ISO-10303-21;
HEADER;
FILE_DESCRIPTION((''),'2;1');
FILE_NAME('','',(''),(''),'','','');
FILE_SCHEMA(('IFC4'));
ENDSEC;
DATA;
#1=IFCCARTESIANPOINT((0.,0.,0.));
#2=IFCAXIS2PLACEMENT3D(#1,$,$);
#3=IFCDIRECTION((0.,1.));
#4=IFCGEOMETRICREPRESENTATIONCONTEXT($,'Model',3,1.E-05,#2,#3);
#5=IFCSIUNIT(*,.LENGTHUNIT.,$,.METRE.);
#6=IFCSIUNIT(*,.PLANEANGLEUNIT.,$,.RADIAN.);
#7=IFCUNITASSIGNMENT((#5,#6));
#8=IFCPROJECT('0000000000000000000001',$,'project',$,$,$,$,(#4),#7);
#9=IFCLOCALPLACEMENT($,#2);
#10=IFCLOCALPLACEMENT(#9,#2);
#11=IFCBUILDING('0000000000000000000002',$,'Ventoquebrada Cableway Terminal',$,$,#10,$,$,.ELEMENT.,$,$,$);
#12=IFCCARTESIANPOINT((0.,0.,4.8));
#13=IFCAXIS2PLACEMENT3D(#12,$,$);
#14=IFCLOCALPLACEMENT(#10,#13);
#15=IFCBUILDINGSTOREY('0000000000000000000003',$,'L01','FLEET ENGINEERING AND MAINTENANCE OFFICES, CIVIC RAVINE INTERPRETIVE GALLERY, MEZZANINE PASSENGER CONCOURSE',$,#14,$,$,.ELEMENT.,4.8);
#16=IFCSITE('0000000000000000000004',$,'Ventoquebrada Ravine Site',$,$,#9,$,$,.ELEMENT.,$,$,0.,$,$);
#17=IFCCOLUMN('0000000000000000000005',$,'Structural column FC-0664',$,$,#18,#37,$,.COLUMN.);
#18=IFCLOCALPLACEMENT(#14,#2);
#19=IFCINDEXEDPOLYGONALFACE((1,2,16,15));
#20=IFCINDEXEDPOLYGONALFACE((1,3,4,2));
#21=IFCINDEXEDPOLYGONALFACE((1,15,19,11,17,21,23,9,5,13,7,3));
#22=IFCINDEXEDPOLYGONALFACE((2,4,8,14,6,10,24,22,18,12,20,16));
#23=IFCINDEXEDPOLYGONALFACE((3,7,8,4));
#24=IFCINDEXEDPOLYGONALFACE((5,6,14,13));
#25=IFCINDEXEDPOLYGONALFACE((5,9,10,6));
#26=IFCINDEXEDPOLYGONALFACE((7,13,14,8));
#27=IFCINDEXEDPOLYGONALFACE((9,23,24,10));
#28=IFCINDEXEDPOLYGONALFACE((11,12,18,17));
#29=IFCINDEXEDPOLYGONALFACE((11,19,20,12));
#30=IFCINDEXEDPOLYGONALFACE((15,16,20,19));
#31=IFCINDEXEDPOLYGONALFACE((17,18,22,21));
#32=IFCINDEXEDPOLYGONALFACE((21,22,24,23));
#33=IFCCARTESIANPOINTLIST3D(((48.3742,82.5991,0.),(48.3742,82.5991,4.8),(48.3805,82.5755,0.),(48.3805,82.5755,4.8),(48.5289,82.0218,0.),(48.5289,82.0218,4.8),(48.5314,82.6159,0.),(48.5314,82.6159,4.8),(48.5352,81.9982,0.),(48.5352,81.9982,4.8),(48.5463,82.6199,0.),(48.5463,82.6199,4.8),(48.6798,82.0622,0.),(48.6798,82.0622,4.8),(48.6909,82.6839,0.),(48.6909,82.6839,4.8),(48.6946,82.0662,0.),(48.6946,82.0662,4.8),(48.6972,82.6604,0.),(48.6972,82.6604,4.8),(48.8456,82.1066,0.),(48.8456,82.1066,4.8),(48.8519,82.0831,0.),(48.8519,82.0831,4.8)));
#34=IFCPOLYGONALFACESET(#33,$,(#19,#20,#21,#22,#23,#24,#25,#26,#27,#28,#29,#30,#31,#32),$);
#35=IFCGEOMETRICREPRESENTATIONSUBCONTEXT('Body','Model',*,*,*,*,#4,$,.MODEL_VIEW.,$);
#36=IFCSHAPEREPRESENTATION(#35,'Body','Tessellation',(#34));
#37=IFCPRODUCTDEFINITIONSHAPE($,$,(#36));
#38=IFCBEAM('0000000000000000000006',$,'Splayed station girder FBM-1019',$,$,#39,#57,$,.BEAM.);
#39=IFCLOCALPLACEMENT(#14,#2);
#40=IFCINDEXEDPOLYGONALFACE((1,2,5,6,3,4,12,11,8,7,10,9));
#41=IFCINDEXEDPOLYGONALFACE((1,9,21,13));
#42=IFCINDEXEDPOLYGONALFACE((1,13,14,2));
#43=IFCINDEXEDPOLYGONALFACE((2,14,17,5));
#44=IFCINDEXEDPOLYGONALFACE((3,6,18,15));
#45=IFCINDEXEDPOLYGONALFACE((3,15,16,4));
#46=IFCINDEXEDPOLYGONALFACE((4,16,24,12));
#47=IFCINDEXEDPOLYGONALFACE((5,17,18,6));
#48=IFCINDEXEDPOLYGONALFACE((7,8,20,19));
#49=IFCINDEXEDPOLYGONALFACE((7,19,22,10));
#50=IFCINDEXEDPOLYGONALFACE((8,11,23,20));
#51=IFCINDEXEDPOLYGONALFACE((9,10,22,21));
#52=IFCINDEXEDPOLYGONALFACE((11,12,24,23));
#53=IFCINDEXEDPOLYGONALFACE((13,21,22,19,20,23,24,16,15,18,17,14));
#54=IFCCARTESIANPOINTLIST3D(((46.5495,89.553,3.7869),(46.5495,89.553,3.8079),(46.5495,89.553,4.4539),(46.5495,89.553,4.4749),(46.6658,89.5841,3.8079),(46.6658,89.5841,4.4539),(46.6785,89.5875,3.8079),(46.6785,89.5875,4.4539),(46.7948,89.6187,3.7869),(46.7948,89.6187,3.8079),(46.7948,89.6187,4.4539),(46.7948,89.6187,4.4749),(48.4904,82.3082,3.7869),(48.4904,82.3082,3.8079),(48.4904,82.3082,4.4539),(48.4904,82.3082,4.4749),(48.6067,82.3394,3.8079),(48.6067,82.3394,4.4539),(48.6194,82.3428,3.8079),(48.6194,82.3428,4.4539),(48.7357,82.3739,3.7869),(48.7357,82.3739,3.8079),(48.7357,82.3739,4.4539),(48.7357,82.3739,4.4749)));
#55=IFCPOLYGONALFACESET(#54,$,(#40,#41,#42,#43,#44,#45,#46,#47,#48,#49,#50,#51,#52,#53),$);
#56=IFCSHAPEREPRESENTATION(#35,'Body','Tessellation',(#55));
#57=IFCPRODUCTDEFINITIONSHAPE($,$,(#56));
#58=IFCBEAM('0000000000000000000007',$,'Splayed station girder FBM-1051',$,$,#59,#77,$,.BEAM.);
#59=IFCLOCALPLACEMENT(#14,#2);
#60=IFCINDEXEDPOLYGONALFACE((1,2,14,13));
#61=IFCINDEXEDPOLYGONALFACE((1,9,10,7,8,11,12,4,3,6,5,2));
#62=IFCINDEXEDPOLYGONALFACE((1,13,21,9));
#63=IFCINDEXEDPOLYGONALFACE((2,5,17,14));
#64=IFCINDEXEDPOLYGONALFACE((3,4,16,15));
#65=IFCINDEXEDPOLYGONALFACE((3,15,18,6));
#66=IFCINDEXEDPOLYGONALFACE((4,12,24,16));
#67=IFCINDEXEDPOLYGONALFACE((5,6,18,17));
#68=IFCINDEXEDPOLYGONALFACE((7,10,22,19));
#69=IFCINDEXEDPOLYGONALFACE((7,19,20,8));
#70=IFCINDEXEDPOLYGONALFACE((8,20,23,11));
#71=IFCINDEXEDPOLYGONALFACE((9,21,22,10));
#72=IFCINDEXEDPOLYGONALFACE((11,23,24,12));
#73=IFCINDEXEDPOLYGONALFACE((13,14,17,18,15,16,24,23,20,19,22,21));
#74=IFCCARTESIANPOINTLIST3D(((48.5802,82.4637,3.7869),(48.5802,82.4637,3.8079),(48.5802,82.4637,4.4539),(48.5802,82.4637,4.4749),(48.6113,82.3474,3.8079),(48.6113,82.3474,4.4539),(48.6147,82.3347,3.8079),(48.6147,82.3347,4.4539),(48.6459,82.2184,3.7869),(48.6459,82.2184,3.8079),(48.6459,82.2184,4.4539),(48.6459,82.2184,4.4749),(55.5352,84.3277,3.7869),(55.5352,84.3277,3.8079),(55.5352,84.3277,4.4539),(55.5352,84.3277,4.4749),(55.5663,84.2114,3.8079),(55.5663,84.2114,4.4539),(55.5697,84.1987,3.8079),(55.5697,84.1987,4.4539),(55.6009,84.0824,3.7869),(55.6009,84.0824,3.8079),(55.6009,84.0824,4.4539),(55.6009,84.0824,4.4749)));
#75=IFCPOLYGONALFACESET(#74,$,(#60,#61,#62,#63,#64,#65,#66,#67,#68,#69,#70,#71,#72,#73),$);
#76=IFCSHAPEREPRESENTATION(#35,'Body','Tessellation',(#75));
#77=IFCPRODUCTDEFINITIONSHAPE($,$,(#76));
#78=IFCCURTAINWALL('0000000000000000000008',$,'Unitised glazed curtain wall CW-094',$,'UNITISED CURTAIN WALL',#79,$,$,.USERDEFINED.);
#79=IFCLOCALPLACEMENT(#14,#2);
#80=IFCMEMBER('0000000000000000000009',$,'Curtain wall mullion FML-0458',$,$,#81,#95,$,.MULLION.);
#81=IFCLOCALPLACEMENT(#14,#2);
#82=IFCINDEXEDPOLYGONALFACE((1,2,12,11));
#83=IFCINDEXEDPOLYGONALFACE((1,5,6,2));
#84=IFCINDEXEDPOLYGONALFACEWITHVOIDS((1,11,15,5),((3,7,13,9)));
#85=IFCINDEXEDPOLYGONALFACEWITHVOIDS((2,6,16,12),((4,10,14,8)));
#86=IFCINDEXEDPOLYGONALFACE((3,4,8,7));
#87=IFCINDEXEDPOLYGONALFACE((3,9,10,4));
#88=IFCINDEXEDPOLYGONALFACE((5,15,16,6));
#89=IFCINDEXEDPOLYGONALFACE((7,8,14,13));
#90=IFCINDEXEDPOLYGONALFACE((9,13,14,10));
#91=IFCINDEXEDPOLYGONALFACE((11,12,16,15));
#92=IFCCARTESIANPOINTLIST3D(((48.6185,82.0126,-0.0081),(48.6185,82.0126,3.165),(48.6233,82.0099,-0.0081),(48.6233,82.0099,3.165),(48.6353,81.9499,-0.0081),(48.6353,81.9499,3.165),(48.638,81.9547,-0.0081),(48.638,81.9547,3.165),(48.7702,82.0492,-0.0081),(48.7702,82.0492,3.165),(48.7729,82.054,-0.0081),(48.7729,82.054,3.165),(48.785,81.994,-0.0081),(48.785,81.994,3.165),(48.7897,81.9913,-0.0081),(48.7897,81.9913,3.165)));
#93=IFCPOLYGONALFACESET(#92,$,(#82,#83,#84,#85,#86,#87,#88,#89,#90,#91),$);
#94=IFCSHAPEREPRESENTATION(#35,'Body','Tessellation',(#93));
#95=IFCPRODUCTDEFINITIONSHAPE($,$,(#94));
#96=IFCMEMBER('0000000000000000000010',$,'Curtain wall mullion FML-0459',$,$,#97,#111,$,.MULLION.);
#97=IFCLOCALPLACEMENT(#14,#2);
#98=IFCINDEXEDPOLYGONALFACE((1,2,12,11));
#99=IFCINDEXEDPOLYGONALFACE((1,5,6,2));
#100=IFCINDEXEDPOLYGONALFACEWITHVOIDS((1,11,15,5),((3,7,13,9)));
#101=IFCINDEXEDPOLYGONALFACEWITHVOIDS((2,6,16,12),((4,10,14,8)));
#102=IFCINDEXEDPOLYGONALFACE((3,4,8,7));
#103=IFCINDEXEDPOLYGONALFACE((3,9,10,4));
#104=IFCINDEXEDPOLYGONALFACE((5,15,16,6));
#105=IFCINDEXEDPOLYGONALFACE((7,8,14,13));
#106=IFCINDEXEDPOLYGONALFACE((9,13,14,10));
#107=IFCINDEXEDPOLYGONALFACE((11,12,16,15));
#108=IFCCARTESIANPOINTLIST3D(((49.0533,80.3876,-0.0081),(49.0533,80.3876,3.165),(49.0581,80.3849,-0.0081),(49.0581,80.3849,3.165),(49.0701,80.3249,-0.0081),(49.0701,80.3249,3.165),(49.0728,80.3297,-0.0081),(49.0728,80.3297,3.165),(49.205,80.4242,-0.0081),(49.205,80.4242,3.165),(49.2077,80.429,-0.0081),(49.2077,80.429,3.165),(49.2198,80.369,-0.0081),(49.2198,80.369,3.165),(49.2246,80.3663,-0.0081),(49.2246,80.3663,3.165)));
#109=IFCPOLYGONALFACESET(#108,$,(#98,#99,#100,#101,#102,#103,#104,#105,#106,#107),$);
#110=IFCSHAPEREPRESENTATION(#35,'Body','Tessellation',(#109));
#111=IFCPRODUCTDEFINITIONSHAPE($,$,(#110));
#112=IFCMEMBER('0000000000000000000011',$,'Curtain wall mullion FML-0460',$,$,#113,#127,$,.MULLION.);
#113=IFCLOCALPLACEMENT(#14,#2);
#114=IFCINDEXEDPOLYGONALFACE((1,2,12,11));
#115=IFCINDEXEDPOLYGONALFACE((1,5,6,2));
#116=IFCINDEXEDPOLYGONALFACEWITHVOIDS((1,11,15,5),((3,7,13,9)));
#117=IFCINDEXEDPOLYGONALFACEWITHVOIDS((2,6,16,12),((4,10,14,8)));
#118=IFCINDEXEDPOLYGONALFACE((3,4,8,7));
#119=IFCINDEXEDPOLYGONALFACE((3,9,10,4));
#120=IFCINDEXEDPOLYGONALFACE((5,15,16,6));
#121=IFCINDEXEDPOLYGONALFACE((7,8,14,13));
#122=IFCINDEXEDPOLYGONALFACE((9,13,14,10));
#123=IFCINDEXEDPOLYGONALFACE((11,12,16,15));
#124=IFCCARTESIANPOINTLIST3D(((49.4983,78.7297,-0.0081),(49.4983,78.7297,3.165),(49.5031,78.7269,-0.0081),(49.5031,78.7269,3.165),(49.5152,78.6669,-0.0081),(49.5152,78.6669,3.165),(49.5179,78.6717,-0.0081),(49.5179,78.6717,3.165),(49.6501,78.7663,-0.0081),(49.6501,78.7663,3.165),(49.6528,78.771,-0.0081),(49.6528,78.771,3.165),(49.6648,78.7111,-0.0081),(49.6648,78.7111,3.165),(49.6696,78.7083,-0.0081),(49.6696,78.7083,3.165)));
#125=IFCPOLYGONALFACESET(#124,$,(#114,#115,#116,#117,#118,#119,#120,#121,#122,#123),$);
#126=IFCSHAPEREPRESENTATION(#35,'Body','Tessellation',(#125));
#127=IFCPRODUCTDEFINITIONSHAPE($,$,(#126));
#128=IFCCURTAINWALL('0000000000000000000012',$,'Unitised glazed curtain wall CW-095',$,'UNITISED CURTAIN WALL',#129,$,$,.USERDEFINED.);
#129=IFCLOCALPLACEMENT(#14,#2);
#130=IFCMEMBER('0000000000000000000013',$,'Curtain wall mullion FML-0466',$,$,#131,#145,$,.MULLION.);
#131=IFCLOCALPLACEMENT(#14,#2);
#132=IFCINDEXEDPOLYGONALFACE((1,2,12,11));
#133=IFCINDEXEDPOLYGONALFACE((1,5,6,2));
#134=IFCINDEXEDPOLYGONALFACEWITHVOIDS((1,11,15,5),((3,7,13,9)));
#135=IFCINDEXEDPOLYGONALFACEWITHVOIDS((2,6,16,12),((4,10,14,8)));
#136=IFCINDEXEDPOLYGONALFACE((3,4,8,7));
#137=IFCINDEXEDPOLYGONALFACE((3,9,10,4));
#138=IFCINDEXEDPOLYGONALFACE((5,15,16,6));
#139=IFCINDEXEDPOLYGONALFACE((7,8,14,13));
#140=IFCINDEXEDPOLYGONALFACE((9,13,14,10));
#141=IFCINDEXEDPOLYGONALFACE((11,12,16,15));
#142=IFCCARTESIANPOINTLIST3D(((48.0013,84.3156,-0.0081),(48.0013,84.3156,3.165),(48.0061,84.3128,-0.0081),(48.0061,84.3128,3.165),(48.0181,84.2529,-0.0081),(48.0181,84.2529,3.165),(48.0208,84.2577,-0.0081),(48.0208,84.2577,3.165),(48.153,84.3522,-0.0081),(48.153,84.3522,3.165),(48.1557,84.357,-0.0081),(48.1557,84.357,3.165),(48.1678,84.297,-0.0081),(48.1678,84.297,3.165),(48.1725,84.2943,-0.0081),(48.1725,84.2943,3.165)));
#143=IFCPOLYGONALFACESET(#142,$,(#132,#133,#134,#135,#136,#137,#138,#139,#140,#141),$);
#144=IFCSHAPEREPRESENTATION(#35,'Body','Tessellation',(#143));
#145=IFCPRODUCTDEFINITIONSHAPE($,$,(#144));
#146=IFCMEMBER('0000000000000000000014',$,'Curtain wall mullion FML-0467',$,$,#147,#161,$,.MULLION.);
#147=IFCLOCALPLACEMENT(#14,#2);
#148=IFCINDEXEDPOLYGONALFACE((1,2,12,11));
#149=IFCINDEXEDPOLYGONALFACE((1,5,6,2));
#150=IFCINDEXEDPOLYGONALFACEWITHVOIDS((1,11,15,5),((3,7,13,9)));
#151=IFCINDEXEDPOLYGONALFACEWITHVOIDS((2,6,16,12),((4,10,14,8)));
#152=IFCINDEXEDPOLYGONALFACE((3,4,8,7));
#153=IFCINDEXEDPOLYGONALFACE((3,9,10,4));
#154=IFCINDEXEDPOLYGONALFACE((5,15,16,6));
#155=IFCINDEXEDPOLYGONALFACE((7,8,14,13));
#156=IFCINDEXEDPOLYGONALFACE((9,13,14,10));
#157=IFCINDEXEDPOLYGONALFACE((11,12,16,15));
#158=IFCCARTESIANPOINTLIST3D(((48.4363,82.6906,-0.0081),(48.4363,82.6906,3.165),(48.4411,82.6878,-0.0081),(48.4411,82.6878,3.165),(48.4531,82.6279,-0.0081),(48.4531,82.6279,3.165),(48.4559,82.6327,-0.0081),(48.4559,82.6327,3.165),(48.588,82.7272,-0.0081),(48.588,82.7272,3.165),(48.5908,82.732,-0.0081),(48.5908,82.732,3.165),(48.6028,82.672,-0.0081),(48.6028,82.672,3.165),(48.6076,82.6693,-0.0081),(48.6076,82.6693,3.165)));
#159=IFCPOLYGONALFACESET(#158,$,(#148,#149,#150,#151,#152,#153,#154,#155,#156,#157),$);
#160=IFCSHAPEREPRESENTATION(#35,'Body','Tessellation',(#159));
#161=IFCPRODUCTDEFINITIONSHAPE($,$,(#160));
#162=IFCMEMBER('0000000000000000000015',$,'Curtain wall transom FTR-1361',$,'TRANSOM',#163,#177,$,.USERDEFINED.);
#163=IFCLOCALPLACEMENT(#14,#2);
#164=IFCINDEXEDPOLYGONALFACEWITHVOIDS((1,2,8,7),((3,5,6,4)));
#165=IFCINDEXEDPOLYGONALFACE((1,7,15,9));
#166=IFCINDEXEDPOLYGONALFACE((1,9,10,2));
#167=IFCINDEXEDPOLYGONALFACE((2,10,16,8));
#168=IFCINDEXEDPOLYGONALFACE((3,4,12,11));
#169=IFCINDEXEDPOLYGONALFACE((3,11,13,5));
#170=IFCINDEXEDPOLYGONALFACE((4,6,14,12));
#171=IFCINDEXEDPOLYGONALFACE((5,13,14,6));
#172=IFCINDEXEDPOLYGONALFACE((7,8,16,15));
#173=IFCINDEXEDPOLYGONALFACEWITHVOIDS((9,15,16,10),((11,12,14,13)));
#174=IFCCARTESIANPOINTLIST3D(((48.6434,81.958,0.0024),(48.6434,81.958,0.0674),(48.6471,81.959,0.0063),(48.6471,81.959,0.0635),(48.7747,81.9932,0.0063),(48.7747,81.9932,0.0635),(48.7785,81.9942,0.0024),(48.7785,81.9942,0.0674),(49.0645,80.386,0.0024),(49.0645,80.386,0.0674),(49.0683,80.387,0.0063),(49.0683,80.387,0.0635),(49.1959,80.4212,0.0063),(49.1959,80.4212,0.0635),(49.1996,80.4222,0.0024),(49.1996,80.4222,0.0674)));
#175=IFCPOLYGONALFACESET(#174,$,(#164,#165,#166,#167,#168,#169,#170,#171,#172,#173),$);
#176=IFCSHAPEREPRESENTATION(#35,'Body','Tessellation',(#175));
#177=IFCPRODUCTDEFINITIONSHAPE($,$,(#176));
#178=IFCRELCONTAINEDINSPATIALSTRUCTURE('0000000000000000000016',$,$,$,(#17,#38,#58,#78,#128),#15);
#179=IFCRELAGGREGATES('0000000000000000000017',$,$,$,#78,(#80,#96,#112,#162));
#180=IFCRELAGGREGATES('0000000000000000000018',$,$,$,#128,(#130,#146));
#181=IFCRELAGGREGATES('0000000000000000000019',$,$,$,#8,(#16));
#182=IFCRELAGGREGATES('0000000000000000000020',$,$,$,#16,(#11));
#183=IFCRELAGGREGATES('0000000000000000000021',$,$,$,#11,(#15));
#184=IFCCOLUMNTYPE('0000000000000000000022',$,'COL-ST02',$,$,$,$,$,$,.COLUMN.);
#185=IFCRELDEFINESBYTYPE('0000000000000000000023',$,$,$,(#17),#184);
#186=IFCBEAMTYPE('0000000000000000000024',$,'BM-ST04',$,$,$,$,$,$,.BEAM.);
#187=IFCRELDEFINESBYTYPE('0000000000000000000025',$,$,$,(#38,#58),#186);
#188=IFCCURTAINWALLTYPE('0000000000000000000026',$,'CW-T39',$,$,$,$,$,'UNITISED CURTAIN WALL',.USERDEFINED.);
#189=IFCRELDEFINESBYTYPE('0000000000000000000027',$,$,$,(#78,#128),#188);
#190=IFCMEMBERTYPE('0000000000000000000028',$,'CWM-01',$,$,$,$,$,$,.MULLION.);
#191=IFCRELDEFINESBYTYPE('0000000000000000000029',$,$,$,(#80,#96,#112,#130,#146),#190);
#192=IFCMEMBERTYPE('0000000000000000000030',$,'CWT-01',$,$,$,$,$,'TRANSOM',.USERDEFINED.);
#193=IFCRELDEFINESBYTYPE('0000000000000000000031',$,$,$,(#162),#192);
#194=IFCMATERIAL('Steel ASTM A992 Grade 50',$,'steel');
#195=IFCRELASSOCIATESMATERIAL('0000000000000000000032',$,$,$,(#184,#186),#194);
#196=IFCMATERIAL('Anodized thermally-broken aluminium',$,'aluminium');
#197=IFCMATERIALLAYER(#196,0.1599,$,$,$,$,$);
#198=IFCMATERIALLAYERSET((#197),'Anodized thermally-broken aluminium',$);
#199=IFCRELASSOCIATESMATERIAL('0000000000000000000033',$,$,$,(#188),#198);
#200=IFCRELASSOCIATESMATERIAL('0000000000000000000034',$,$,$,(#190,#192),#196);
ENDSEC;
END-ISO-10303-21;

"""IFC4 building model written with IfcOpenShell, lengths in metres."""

from ifc_helpers import new_model, si_unit, direction, frame, origin, origin_2d, place, context, subcontext, project, spatial, hollow_rectangle, i_section, extrude, material, layer, layer_set, material_profile, profile_set, type_object, element, aggregate, save


model = new_model("IFC4")

# Units and contexts
model_context = context("Model", 3, precision=1e-05, world=origin(), true_north=direction((0.0, 1.0)))
body_context = subcontext(model_context, "Body", "Model", "MODEL_VIEW")
ifc_project = project(units=[si_unit("LENGTHUNIT", "METRE"), si_unit("PLANEANGLEUNIT", "RADIAN")], contexts=[model_context])

# Site, building, storey
site_placement = place(None, origin())
site = spatial("IfcSite", under=ifc_project, at=site_placement, Name="Ventoquebrada Ravine Site", CompositionType="ELEMENT", RefElevation=0.0)
building_placement = place(site_placement, origin())
building = spatial("IfcBuilding", under=site, at=building_placement, Name="Ventoquebrada Cableway Terminal", CompositionType="ELEMENT")
storey_placement = place(building_placement, frame((0.0, 0.0, 4.8)))
storey = spatial("IfcBuildingStorey", under=building, at=storey_placement, Name="L01", Description="FLEET ENGINEERING AND MAINTENANCE OFFICES, CIVIC RAVINE INTERPRETIVE GALLERY, MEZZANINE PASSENGER CONCOURSE", CompositionType="ELEMENT", Elevation=4.8)

# Column
ifc_material_1 = material(Name="Steel ASTM A992 Grade 50", Category="steel")
ifc_material_profile_1 = material_profile(ifc_material_1, i_section(OverallWidth=0.3279, OverallDepth=0.6221, WebThickness=0.0154, FlangeThickness=0.0244, at=origin_2d()), Name="W24X131")
ifc_profile_set_1 = profile_set([ifc_material_profile_1], Name="Steel ASTM A992 Grade 50")
column_type = type_object("IfcColumnType", Name="COL-ST02", PredefinedType="COLUMN", material=ifc_profile_set_1)
column_placement = place(storey_placement, frame((48.613, 82.3411, 0.0), z_axis=(0.0, 0.0, 1.0), x_axis=(0.965926, 0.258819, 0.0)))
element("IfcColumn", 1, at=column_placement, inside=storey, type_object=column_type, Name="Structural column FC-0664", PredefinedType="COLUMN", context=body_context, shape_type="SweptSolid", body=[
    extrude(i_section(OverallWidth=0.3279, OverallDepth=0.6221, WebThickness=0.0154, FlangeThickness=0.0244, at=origin_2d()), origin(), (0.0, 0.0, 1.0), 4.8),
])

# Beams
ifc_material_profile_2 = material_profile(ifc_material_1, i_section(OverallWidth=0.2539, OverallDepth=0.688, WebThickness=0.0132, FlangeThickness=0.021, at=origin_2d()), Name="W27X102")
ifc_profile_set_2 = profile_set([ifc_material_profile_2], Name="Steel ASTM A992 Grade 50")
beam_type_1 = type_object("IfcBeamType", Name="BM-ST04", PredefinedType="BEAM", material=ifc_profile_set_2)
beam_1_placement = place(storey_placement, frame((48.613, 82.3411, 4.1309), z_axis=(-0.258777, 0.965937, 0.0), x_axis=(-0.965937, -0.258777, 0.0)))
element("IfcBeam", 2, at=beam_1_placement, inside=storey, type_object=beam_type_1, Name="Splayed station girder FBM-1019", PredefinedType="BEAM", context=body_context, shape_type="SweptSolid", body=[
    extrude(i_section(OverallWidth=0.2539, OverallDepth=0.688, WebThickness=0.0132, FlangeThickness=0.021, at=origin_2d()), origin(), (0.0, 0.0, 1.0), 7.5002),
])
beam_2_placement = place(storey_placement, frame((48.613, 82.3411, 4.1309), z_axis=(0.965912, 0.258872, 0.0), x_axis=(-0.258872, 0.965912, 0.0)))
element("IfcBeam", 3, at=beam_2_placement, inside=storey, type_object=beam_type_1, Name="Splayed station girder FBM-1051", PredefinedType="BEAM", context=body_context, shape_type="SweptSolid", body=[
    extrude(i_section(OverallWidth=0.2539, OverallDepth=0.688, WebThickness=0.0132, FlangeThickness=0.021, at=origin_2d()), origin(), (0.0, 0.0, 1.0), 7.2004),
])

# Curtain walls, members
ifc_material_2 = material(Name="Anodized thermally-broken aluminium", Category="aluminium")
ifc_layer_1 = layer(ifc_material_2, 0.1599)
ifc_layer_set_1 = layer_set([ifc_layer_1], Name="Anodized thermally-broken aluminium")
curtain_wall_type = type_object("IfcCurtainWallType", Name="CW-T39", ElementType="UNITISED CURTAIN WALL", PredefinedType="USERDEFINED", material=ifc_layer_set_1)
curtain_wall_1_placement = place(storey_placement, origin())
curtain_wall_1 = element("IfcCurtainWall", 4, at=curtain_wall_1_placement, inside=storey, type_object=curtain_wall_type, Name="Unitised glazed curtain wall CW-094", ObjectType="UNITISED CURTAIN WALL", PredefinedType="USERDEFINED")
ifc_material_profile_3 = material_profile(ifc_material_2, hollow_rectangle(XDim=0.0649, YDim=0.1599, WallThickness=0.0039, at=origin_2d()), Name="CW-MUL-65X160")
ifc_profile_set_3 = profile_set([ifc_material_profile_3], Name="Anodized thermally-broken aluminium")
member_type_1 = type_object("IfcMemberType", Name="CWM-01", PredefinedType="MULLION", material=ifc_profile_set_3)
member_1_placement = place(storey_placement, frame((48.7041, 82.002, -0.0081), z_axis=(0.0, 0.0, 1.0), x_axis=(0.258735, -0.965948, 0.0)))
member_1 = element("IfcMember", 5, at=member_1_placement, type_object=member_type_1, Name="Curtain wall mullion FML-0458", PredefinedType="MULLION", context=body_context, shape_type="SweptSolid", body=[
    extrude(hollow_rectangle(XDim=0.0649, YDim=0.1599, WallThickness=0.0039, at=origin_2d()), origin(), (0.0, 0.0, 1.0), 3.1731),
])
member_2_placement = place(storey_placement, frame((49.1389, 80.377, -0.0081), z_axis=(0.0, 0.0, 1.0), x_axis=(0.258735, -0.965948, 0.0)))
member_2 = element("IfcMember", 6, at=member_2_placement, type_object=member_type_1, Name="Curtain wall mullion FML-0459", PredefinedType="MULLION", context=body_context, shape_type="SweptSolid", body=[
    extrude(hollow_rectangle(XDim=0.0649, YDim=0.1599, WallThickness=0.0039, at=origin_2d()), origin(), (0.0, 0.0, 1.0), 3.1731),
])
member_3_placement = place(storey_placement, frame((49.584, 78.719, -0.0081), z_axis=(0.0, 0.0, 1.0), x_axis=(0.258735, -0.965948, 0.0)))
member_3 = element("IfcMember", 7, at=member_3_placement, type_object=member_type_1, Name="Curtain wall mullion FML-0460", PredefinedType="MULLION", context=body_context, shape_type="SweptSolid", body=[
    extrude(hollow_rectangle(XDim=0.0649, YDim=0.1599, WallThickness=0.0039, at=origin_2d()), origin(), (0.0, 0.0, 1.0), 3.1731),
])
curtain_wall_2_placement = place(storey_placement, origin())
curtain_wall_2 = element("IfcCurtainWall", 8, at=curtain_wall_2_placement, inside=storey, type_object=curtain_wall_type, Name="Unitised glazed curtain wall CW-095", ObjectType="UNITISED CURTAIN WALL", PredefinedType="USERDEFINED")
member_4_placement = place(storey_placement, frame((48.0869, 84.3049, -0.0081), z_axis=(0.0, 0.0, 1.0), x_axis=(0.258701, -0.965957, 0.0)))
member_4 = element("IfcMember", 9, at=member_4_placement, type_object=member_type_1, Name="Curtain wall mullion FML-0466", PredefinedType="MULLION", context=body_context, shape_type="SweptSolid", body=[
    extrude(hollow_rectangle(XDim=0.0649, YDim=0.1599, WallThickness=0.0039, at=origin_2d()), origin(), (0.0, 0.0, 1.0), 3.1731),
])
member_5_placement = place(storey_placement, frame((48.522, 82.6799, -0.0081), z_axis=(0.0, 0.0, 1.0), x_axis=(0.258701, -0.965957, 0.0)))
member_5 = element("IfcMember", 10, at=member_5_placement, type_object=member_type_1, Name="Curtain wall mullion FML-0467", PredefinedType="MULLION", context=body_context, shape_type="SweptSolid", body=[
    extrude(hollow_rectangle(XDim=0.0649, YDim=0.1599, WallThickness=0.0039, at=origin_2d()), origin(), (0.0, 0.0, 1.0), 3.1731),
])

# Member
ifc_material_profile_4 = material_profile(ifc_material_2, hollow_rectangle(XDim=0.0649, YDim=0.1399, WallThickness=0.0039, at=origin_2d()), Name="CW-TRN-65X140")
ifc_profile_set_4 = profile_set([ifc_material_profile_4], Name="Anodized thermally-broken aluminium")
member_type_2 = type_object("IfcMemberType", Name="CWT-01", ElementType="TRANSOM", PredefinedType="USERDEFINED", material=ifc_profile_set_4)
member_6_placement = place(storey_placement, frame((48.7109, 81.9761, 0.0349), z_axis=(0.258774, -0.965938, 0.0), x_axis=(0.0, 0.0, 1.0)))
member_6 = element("IfcMember", 11, at=member_6_placement, type_object=member_type_2, Name="Curtain wall transom FTR-1361", ObjectType="TRANSOM", PredefinedType="USERDEFINED", context=body_context, shape_type="SweptSolid", body=[
    extrude(hollow_rectangle(XDim=0.0649, YDim=0.1399, WallThickness=0.0039, at=origin_2d()), origin(), (0.0, 0.0, 1.0), 1.6274),
])

aggregate(curtain_wall_1, [member_1, member_2, member_3, member_6])
aggregate(curtain_wall_2, [member_4, member_5])

save(model, "model.ifc")
